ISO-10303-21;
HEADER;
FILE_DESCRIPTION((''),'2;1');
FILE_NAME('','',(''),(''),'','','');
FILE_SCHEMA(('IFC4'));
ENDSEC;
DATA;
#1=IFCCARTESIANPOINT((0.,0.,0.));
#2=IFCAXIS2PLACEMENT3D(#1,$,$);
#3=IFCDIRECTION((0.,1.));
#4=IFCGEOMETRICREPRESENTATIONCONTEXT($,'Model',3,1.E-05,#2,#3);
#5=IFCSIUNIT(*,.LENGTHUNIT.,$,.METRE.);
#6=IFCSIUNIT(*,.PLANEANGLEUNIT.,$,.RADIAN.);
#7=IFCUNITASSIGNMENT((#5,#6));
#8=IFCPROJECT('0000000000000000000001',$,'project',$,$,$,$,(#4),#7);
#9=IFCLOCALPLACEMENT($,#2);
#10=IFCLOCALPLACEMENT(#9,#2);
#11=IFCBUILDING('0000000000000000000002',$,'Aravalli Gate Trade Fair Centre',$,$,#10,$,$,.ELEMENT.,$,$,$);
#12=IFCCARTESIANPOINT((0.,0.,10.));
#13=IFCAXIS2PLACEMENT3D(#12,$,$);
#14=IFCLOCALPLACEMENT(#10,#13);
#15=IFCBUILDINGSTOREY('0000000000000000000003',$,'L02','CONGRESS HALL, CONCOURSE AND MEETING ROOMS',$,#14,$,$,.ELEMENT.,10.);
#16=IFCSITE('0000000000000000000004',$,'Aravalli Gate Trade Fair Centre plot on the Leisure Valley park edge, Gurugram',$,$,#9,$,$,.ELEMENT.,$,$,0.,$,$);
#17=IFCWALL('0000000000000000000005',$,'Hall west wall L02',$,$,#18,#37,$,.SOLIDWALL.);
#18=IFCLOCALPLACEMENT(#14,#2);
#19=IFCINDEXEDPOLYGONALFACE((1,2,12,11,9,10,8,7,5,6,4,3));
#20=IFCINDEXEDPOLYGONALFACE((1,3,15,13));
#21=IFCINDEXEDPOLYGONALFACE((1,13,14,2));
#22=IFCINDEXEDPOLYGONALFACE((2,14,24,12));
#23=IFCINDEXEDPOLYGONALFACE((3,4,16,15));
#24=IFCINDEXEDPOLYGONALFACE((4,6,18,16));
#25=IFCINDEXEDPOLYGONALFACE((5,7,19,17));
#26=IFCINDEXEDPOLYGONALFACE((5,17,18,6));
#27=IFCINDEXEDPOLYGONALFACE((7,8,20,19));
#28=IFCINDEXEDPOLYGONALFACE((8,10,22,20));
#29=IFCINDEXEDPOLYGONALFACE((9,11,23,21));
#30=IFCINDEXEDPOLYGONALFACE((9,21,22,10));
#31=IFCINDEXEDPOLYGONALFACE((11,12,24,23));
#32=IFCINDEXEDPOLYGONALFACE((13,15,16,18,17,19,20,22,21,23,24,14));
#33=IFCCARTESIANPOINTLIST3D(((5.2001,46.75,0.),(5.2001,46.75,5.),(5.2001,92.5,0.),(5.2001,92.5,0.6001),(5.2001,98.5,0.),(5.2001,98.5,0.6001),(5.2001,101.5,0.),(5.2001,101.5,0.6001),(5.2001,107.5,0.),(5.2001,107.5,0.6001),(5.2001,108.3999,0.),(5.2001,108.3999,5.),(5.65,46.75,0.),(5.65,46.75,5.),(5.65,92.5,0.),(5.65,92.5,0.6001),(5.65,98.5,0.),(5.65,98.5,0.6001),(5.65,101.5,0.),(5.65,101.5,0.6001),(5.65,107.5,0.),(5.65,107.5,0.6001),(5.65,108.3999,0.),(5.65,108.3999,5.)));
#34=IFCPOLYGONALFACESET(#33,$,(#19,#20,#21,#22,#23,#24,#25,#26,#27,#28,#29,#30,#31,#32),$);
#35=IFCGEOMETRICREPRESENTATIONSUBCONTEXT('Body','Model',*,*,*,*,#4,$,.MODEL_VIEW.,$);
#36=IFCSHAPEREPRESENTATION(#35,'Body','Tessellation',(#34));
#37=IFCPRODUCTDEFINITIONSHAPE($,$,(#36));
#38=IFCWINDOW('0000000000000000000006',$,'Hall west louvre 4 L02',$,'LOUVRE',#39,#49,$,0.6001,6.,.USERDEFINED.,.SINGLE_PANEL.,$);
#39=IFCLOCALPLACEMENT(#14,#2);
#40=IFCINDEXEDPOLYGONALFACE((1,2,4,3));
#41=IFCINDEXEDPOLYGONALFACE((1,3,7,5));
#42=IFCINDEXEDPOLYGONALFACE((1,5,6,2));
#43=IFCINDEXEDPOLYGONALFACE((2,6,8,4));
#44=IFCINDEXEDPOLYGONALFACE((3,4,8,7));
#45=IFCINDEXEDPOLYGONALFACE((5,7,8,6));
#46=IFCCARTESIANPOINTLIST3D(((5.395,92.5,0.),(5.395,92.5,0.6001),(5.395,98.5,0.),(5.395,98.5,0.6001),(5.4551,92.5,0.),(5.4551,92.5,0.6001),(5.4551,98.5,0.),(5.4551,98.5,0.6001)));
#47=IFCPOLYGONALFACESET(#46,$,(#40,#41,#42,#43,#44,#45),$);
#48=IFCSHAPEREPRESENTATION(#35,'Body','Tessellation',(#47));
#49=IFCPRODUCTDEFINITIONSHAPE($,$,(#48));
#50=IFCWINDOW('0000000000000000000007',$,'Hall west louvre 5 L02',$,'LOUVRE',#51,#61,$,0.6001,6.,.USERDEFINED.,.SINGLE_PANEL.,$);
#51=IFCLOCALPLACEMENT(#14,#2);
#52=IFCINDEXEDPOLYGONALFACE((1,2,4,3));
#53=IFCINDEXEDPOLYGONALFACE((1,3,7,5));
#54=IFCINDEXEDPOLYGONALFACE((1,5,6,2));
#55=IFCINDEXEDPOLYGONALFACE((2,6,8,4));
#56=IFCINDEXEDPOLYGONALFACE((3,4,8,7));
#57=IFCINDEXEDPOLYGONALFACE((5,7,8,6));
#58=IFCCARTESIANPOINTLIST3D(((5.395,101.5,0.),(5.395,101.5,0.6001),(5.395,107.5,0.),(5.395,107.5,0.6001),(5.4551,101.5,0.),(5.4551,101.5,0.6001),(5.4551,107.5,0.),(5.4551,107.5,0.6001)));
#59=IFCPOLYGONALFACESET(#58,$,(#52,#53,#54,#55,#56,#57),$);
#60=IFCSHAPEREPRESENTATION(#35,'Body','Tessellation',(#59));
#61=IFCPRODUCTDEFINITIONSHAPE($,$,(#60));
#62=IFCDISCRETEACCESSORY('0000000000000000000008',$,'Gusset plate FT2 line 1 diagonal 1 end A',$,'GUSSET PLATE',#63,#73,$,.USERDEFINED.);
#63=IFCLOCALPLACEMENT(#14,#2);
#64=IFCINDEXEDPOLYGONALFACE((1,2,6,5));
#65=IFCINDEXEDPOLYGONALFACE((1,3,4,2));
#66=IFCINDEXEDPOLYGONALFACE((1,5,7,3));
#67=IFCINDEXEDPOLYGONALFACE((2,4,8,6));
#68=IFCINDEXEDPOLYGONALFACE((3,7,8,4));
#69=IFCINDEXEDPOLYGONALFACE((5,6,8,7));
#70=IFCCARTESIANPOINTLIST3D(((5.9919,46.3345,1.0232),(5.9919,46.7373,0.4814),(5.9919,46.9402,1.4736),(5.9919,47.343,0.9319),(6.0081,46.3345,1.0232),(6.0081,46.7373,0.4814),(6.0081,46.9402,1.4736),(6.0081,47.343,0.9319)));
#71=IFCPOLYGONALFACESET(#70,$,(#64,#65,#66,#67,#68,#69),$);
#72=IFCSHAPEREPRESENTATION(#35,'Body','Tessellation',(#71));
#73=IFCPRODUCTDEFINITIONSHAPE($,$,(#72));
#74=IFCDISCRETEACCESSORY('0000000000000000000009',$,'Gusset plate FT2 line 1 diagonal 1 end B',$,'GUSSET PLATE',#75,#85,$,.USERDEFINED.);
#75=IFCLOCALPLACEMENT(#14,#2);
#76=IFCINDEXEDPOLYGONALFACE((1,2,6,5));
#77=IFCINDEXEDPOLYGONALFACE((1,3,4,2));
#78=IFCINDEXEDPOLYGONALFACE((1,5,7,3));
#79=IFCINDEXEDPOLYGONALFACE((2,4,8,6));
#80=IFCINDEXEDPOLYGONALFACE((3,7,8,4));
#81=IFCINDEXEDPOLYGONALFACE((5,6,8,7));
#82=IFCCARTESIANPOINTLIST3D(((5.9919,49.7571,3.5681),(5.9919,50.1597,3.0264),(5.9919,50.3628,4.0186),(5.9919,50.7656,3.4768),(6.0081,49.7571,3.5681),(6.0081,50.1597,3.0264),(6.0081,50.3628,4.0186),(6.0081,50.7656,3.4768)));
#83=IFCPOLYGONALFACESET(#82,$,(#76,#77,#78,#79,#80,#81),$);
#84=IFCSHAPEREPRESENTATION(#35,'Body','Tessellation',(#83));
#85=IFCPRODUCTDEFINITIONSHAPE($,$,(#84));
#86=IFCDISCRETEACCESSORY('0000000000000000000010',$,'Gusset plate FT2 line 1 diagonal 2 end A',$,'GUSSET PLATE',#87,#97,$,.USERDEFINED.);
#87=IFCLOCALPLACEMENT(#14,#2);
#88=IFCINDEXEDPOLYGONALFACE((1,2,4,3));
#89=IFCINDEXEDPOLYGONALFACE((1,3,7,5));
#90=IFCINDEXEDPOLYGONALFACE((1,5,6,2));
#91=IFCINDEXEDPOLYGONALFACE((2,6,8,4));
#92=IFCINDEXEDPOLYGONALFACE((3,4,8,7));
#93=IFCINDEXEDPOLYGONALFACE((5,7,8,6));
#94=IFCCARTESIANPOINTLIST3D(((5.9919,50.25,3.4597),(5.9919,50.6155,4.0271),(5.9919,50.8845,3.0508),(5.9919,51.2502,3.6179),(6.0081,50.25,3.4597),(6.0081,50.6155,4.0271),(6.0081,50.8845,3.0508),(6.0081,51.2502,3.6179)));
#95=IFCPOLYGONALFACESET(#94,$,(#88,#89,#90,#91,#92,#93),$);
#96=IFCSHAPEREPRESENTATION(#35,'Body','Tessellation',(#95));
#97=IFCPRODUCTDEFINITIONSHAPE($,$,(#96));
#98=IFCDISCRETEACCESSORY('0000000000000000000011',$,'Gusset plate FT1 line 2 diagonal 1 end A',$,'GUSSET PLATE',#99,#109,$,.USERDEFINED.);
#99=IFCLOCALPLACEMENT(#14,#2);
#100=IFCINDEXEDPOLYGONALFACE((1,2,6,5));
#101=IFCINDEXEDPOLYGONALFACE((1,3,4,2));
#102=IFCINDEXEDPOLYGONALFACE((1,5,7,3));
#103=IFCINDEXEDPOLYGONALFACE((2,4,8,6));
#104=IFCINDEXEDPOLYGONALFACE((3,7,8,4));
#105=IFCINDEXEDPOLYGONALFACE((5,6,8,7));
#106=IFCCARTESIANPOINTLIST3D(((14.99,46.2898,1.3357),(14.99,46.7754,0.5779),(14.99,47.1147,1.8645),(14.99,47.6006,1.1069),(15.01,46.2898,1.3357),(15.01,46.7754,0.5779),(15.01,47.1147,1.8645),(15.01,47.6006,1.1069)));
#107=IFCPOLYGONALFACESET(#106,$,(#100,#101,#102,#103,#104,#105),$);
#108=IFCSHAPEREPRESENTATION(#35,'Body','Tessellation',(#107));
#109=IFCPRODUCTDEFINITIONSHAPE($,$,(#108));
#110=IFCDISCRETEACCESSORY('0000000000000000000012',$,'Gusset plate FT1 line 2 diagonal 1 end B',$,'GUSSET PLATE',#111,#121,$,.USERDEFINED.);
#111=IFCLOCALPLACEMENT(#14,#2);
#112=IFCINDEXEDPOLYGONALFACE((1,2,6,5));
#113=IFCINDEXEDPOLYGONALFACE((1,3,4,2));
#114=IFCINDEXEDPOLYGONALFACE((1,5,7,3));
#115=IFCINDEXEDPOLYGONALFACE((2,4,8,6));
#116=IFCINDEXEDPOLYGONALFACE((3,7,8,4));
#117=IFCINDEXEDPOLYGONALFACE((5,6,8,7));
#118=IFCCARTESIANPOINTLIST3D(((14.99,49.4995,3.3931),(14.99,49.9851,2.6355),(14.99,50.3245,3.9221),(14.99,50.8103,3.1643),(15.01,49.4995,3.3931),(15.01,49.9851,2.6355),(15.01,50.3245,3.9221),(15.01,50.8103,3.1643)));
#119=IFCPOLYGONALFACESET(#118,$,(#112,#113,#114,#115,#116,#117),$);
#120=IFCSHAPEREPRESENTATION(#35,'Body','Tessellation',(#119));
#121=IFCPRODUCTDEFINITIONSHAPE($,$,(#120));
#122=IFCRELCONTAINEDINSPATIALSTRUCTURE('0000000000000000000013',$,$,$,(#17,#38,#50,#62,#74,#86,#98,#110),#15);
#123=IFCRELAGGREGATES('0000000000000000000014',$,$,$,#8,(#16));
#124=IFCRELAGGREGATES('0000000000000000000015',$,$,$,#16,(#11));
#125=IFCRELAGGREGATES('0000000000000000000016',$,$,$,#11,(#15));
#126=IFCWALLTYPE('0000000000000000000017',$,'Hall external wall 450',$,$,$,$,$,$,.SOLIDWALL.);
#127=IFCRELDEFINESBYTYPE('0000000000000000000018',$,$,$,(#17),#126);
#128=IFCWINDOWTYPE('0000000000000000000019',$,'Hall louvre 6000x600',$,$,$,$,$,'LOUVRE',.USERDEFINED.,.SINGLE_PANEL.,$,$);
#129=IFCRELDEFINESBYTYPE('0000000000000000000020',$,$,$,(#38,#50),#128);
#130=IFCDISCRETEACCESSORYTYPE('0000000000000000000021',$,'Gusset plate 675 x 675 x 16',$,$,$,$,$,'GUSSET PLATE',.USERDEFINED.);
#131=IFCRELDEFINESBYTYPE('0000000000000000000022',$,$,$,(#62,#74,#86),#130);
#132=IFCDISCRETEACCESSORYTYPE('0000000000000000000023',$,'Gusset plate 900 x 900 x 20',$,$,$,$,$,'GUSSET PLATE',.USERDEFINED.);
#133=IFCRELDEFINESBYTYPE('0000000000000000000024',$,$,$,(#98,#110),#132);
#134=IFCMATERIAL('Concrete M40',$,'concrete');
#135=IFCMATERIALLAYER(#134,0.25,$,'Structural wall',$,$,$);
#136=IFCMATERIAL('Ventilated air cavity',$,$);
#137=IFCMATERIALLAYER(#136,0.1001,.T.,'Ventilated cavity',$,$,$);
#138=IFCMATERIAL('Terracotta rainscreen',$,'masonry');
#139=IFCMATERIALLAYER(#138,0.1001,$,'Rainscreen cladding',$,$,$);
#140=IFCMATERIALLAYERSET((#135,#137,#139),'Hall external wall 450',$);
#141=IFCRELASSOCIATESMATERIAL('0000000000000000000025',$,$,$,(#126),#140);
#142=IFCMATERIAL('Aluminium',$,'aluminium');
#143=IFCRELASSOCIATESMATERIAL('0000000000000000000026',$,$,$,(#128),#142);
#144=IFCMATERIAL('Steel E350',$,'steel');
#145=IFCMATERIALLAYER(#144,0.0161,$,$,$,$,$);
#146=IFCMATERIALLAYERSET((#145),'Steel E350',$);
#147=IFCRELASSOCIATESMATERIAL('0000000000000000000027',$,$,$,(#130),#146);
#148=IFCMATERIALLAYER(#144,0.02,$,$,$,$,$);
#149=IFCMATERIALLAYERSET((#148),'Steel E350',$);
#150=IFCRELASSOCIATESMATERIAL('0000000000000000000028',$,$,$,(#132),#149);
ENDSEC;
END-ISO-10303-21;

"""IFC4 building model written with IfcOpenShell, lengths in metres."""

from ifc_helpers import new_model, si_unit, direction, frame, frame_2d, origin, place, context, subcontext, project, spatial, polyline, rectangle, outline, extrude, material, layer, layer_set, type_object, element, fill, save


model = new_model("IFC4")

# Units and contexts
model_context = context("Model", 3, precision=1e-05, world=origin(), true_north=direction((0.0, 1.0)))
body_context = subcontext(model_context, "Body", "Model", "MODEL_VIEW")
ifc_project = project(units=[si_unit("LENGTHUNIT", "METRE"), si_unit("PLANEANGLEUNIT", "RADIAN")], contexts=[model_context])

# Site, building, storey
site_placement = place(None, origin())
site = spatial("IfcSite", under=ifc_project, at=site_placement, Name="Aravalli Gate Trade Fair Centre plot on the Leisure Valley park edge, Gurugram", CompositionType="ELEMENT", RefElevation=0.0)
building_placement = place(site_placement, origin())
building = spatial("IfcBuilding", under=site, at=building_placement, Name="Aravalli Gate Trade Fair Centre", CompositionType="ELEMENT")
storey_placement = place(building_placement, frame((0.0, 0.0, 10.0)))
storey = spatial("IfcBuildingStorey", under=building, at=storey_placement, Name="L02", Description="CONGRESS HALL, CONCOURSE AND MEETING ROOMS", CompositionType="ELEMENT", Elevation=10.0)

# Shared definitions
ifc_material_1 = material(Name="Steel E350", Category="steel")

# Shared definitions
ifc_material_2 = material(Name="Concrete M40", Category="concrete")

# Wall, openings, windows
ifc_layer_1 = layer(ifc_material_2, 0.25, Name="Structural wall")
ifc_material_3 = material(Name="Ventilated air cavity")
ifc_layer_2 = layer(ifc_material_3, 0.1001, ventilated=True, Name="Ventilated cavity")
ifc_material_4 = material(Name="Terracotta rainscreen", Category="masonry")
ifc_layer_3 = layer(ifc_material_4, 0.1001, Name="Rainscreen cladding")
ifc_layer_set_1 = layer_set([ifc_layer_1, ifc_layer_2, ifc_layer_3], Name="Hall external wall 450")
wall_type_1 = type_object("IfcWallType", Name="Hall external wall 450", PredefinedType="SOLIDWALL", material=ifc_layer_set_1)
wall_1_placement = place(storey_placement, frame((5.425, 46.75, 0.0), z_axis=(0.0, 0.0, 1.0), x_axis=(0.0, 1.0, 0.0)))
wall_1 = element("IfcWall", 1, at=wall_1_placement, inside=storey, type_object=wall_type_1, Name="Hall west wall L02", PredefinedType="SOLIDWALL", context=body_context, shape_type="SweptSolid", body=[
    extrude(rectangle(XDim=61.6499, YDim=0.45, at=frame_2d((30.825, 0.0))), origin(), (0.0, 0.0, 1.0), 5.0),
])
opening_1_placement = place(wall_1_placement, frame((45.75, 0.0, 0.0)))
opening_1 = element("IfcOpeningElement", 2, at=opening_1_placement, cuts=wall_1, PredefinedType="OPENING", context=body_context, shape_type="SweptSolid", body=[
    extrude(rectangle(XDim=6.0, YDim=0.6001, at=frame_2d((3.0, 0.3))), frame((0.0, 0.2349, 0.0), z_axis=(0.0, -1.0, 0.0), x_axis=(1.0, 0.0, 0.0)), (0.0, 0.0, 1.0), 0.47),
])
opening_2_placement = place(wall_1_placement, frame((54.75, 0.0, 0.0)))
opening_2 = element("IfcOpeningElement", 3, at=opening_2_placement, cuts=wall_1, PredefinedType="OPENING", context=body_context, shape_type="SweptSolid", body=[
    extrude(rectangle(XDim=6.0, YDim=0.6001, at=frame_2d((3.0, 0.3))), frame((0.0, 0.2349, 0.0), z_axis=(0.0, -1.0, 0.0), x_axis=(1.0, 0.0, 0.0)), (0.0, 0.0, 1.0), 0.47),
])
ifc_material_5 = material(Name="Aluminium", Category="aluminium")
window_type = type_object("IfcWindowType", Name="Hall louvre 6000x600", ElementType="LOUVRE", PartitioningType="SINGLE_PANEL", PredefinedType="USERDEFINED", material=ifc_material_5)
window_1_placement = place(opening_1_placement, origin())
window_1 = element("IfcWindow", 4, at=window_1_placement, inside=storey, type_object=window_type, Name="Hall west louvre 4 L02", ObjectType="LOUVRE", OverallHeight=0.6001, OverallWidth=6.0, PartitioningType="SINGLE_PANEL", PredefinedType="USERDEFINED", context=body_context, shape_type="SweptSolid", body=[
    extrude(rectangle(XDim=6.0, YDim=0.6001, at=frame_2d((3.0, 0.3))), frame((0.0, 0.03, 0.0), z_axis=(0.0, -1.0, 0.0), x_axis=(1.0, 0.0, 0.0)), (0.0, 0.0, 1.0), 0.0601),
])
fill(opening_1, window_1)
window_2_placement = place(opening_2_placement, origin())
window_2 = element("IfcWindow", 5, at=window_2_placement, inside=storey, type_object=window_type, Name="Hall west louvre 5 L02", ObjectType="LOUVRE", OverallHeight=0.6001, OverallWidth=6.0, PartitioningType="SINGLE_PANEL", PredefinedType="USERDEFINED", context=body_context, shape_type="SweptSolid", body=[
    extrude(rectangle(XDim=6.0, YDim=0.6001, at=frame_2d((3.0, 0.3))), frame((0.0, 0.03, 0.0), z_axis=(0.0, -1.0, 0.0), x_axis=(1.0, 0.0, 0.0)), (0.0, 0.0, 1.0), 0.0601),
])
fill(opening_2, window_2)

# Discrete accessories
ifc_layer_4 = layer(ifc_material_1, 0.0161)
ifc_layer_set_2 = layer_set([ifc_layer_4], Name="Steel E350")
discrete_accessory_type_1 = type_object("IfcDiscreteAccessoryType", Name="Gusset plate 675 x 675 x 16", ElementType="GUSSET PLATE", PredefinedType="USERDEFINED", material=ifc_layer_set_2)
discrete_accessory_1_placement = place(storey_placement, frame((5.9919, 47.343, 0.9319), z_axis=(-1.0, 0.0, 0.0), x_axis=(0.0, -0.802439, -0.596735)))
element("IfcDiscreteAccessory", 6, at=discrete_accessory_1_placement, inside=storey, type_object=discrete_accessory_type_1, Name="Gusset plate FT2 line 1 diagonal 1 end A", ObjectType="GUSSET PLATE", PredefinedType="USERDEFINED", context=body_context, shape_type="SweptSolid", body=[
    extrude(outline(polyline([(0.0, 0.0), (0.7548, 0.0), (0.7548, 0.6751), (0.0, 0.6751), (0.0, 0.0)])), origin(), (0.0, 0.0, -1.0), 0.0161),
])
discrete_accessory_2_placement = place(storey_placement, frame((5.9919, 49.7571, 3.5681), z_axis=(-1.0, 0.0, 0.0), x_axis=(0.0, 0.802439, 0.596735)))
element("IfcDiscreteAccessory", 7, at=discrete_accessory_2_placement, inside=storey, type_object=discrete_accessory_type_1, Name="Gusset plate FT2 line 1 diagonal 1 end B", ObjectType="GUSSET PLATE", PredefinedType="USERDEFINED", context=body_context, shape_type="SweptSolid", body=[
    extrude(outline(polyline([(0.0, 0.0), (0.7548, 0.0), (0.7548, 0.6751), (-0.0002, 0.675), (0.0, 0.0)])), origin(), (0.0, 0.0, -1.0), 0.0161),
])
discrete_accessory_3_placement = place(storey_placement, frame((5.9919, 50.8845, 3.0508), z_axis=(-1.0, 0.0, 0.0), x_axis=(0.0, -0.840558, 0.541722)))
element("IfcDiscreteAccessory", 8, at=discrete_accessory_3_placement, inside=storey, type_object=discrete_accessory_type_1, Name="Gusset plate FT2 line 1 diagonal 2 end A", ObjectType="GUSSET PLATE", PredefinedType="USERDEFINED", context=body_context, shape_type="SweptSolid", body=[
    extrude(outline(polyline([(0.0, 0.0), (0.7549, 0.0), (0.755, 0.6749), (-0.0002, 0.6748), (0.0, 0.0)])), origin(), (0.0, 0.0, -1.0), 0.0161),
])
ifc_layer_5 = layer(ifc_material_1, 0.02)
ifc_layer_set_3 = layer_set([ifc_layer_5], Name="Steel E350")
discrete_accessory_type_2 = type_object("IfcDiscreteAccessoryType", Name="Gusset plate 900 x 900 x 20", ElementType="GUSSET PLATE", PredefinedType="USERDEFINED", material=ifc_layer_set_3)
discrete_accessory_4_placement = place(storey_placement, frame((14.99, 47.6006, 1.1069), z_axis=(-1.0, 0.0, 0.0), x_axis=(0.0, -0.841841, -0.539725)))
element("IfcDiscreteAccessory", 9, at=discrete_accessory_4_placement, inside=storey, type_object=discrete_accessory_type_2, Name="Gusset plate FT1 line 2 diagonal 1 end A", ObjectType="GUSSET PLATE", PredefinedType="USERDEFINED", context=body_context, shape_type="SweptSolid", body=[
    extrude(outline(polyline([(0.0, 0.0), (0.9802, 0.0), (0.98, 0.9), (0.0001, 0.9), (0.0, 0.0)])), origin(), (0.0, 0.0, -1.0), 0.02),
])
discrete_accessory_5_placement = place(storey_placement, frame((14.99, 49.4995, 3.3931), z_axis=(-1.0, 0.0, 0.0), x_axis=(0.0, 0.841769, 0.539838)))
element("IfcDiscreteAccessory", 10, at=discrete_accessory_5_placement, inside=storey, type_object=discrete_accessory_type_2, Name="Gusset plate FT1 line 2 diagonal 1 end B", ObjectType="GUSSET PLATE", PredefinedType="USERDEFINED", context=body_context, shape_type="SweptSolid", body=[
    extrude(outline(polyline([(0.0, 0.0), (0.98, 0.0), (0.9799, 0.9002), (-0.0002, 0.8998), (0.0, 0.0)])), origin(), (0.0, 0.0, -1.0), 0.02),
])

save(model, "model.ifc")
